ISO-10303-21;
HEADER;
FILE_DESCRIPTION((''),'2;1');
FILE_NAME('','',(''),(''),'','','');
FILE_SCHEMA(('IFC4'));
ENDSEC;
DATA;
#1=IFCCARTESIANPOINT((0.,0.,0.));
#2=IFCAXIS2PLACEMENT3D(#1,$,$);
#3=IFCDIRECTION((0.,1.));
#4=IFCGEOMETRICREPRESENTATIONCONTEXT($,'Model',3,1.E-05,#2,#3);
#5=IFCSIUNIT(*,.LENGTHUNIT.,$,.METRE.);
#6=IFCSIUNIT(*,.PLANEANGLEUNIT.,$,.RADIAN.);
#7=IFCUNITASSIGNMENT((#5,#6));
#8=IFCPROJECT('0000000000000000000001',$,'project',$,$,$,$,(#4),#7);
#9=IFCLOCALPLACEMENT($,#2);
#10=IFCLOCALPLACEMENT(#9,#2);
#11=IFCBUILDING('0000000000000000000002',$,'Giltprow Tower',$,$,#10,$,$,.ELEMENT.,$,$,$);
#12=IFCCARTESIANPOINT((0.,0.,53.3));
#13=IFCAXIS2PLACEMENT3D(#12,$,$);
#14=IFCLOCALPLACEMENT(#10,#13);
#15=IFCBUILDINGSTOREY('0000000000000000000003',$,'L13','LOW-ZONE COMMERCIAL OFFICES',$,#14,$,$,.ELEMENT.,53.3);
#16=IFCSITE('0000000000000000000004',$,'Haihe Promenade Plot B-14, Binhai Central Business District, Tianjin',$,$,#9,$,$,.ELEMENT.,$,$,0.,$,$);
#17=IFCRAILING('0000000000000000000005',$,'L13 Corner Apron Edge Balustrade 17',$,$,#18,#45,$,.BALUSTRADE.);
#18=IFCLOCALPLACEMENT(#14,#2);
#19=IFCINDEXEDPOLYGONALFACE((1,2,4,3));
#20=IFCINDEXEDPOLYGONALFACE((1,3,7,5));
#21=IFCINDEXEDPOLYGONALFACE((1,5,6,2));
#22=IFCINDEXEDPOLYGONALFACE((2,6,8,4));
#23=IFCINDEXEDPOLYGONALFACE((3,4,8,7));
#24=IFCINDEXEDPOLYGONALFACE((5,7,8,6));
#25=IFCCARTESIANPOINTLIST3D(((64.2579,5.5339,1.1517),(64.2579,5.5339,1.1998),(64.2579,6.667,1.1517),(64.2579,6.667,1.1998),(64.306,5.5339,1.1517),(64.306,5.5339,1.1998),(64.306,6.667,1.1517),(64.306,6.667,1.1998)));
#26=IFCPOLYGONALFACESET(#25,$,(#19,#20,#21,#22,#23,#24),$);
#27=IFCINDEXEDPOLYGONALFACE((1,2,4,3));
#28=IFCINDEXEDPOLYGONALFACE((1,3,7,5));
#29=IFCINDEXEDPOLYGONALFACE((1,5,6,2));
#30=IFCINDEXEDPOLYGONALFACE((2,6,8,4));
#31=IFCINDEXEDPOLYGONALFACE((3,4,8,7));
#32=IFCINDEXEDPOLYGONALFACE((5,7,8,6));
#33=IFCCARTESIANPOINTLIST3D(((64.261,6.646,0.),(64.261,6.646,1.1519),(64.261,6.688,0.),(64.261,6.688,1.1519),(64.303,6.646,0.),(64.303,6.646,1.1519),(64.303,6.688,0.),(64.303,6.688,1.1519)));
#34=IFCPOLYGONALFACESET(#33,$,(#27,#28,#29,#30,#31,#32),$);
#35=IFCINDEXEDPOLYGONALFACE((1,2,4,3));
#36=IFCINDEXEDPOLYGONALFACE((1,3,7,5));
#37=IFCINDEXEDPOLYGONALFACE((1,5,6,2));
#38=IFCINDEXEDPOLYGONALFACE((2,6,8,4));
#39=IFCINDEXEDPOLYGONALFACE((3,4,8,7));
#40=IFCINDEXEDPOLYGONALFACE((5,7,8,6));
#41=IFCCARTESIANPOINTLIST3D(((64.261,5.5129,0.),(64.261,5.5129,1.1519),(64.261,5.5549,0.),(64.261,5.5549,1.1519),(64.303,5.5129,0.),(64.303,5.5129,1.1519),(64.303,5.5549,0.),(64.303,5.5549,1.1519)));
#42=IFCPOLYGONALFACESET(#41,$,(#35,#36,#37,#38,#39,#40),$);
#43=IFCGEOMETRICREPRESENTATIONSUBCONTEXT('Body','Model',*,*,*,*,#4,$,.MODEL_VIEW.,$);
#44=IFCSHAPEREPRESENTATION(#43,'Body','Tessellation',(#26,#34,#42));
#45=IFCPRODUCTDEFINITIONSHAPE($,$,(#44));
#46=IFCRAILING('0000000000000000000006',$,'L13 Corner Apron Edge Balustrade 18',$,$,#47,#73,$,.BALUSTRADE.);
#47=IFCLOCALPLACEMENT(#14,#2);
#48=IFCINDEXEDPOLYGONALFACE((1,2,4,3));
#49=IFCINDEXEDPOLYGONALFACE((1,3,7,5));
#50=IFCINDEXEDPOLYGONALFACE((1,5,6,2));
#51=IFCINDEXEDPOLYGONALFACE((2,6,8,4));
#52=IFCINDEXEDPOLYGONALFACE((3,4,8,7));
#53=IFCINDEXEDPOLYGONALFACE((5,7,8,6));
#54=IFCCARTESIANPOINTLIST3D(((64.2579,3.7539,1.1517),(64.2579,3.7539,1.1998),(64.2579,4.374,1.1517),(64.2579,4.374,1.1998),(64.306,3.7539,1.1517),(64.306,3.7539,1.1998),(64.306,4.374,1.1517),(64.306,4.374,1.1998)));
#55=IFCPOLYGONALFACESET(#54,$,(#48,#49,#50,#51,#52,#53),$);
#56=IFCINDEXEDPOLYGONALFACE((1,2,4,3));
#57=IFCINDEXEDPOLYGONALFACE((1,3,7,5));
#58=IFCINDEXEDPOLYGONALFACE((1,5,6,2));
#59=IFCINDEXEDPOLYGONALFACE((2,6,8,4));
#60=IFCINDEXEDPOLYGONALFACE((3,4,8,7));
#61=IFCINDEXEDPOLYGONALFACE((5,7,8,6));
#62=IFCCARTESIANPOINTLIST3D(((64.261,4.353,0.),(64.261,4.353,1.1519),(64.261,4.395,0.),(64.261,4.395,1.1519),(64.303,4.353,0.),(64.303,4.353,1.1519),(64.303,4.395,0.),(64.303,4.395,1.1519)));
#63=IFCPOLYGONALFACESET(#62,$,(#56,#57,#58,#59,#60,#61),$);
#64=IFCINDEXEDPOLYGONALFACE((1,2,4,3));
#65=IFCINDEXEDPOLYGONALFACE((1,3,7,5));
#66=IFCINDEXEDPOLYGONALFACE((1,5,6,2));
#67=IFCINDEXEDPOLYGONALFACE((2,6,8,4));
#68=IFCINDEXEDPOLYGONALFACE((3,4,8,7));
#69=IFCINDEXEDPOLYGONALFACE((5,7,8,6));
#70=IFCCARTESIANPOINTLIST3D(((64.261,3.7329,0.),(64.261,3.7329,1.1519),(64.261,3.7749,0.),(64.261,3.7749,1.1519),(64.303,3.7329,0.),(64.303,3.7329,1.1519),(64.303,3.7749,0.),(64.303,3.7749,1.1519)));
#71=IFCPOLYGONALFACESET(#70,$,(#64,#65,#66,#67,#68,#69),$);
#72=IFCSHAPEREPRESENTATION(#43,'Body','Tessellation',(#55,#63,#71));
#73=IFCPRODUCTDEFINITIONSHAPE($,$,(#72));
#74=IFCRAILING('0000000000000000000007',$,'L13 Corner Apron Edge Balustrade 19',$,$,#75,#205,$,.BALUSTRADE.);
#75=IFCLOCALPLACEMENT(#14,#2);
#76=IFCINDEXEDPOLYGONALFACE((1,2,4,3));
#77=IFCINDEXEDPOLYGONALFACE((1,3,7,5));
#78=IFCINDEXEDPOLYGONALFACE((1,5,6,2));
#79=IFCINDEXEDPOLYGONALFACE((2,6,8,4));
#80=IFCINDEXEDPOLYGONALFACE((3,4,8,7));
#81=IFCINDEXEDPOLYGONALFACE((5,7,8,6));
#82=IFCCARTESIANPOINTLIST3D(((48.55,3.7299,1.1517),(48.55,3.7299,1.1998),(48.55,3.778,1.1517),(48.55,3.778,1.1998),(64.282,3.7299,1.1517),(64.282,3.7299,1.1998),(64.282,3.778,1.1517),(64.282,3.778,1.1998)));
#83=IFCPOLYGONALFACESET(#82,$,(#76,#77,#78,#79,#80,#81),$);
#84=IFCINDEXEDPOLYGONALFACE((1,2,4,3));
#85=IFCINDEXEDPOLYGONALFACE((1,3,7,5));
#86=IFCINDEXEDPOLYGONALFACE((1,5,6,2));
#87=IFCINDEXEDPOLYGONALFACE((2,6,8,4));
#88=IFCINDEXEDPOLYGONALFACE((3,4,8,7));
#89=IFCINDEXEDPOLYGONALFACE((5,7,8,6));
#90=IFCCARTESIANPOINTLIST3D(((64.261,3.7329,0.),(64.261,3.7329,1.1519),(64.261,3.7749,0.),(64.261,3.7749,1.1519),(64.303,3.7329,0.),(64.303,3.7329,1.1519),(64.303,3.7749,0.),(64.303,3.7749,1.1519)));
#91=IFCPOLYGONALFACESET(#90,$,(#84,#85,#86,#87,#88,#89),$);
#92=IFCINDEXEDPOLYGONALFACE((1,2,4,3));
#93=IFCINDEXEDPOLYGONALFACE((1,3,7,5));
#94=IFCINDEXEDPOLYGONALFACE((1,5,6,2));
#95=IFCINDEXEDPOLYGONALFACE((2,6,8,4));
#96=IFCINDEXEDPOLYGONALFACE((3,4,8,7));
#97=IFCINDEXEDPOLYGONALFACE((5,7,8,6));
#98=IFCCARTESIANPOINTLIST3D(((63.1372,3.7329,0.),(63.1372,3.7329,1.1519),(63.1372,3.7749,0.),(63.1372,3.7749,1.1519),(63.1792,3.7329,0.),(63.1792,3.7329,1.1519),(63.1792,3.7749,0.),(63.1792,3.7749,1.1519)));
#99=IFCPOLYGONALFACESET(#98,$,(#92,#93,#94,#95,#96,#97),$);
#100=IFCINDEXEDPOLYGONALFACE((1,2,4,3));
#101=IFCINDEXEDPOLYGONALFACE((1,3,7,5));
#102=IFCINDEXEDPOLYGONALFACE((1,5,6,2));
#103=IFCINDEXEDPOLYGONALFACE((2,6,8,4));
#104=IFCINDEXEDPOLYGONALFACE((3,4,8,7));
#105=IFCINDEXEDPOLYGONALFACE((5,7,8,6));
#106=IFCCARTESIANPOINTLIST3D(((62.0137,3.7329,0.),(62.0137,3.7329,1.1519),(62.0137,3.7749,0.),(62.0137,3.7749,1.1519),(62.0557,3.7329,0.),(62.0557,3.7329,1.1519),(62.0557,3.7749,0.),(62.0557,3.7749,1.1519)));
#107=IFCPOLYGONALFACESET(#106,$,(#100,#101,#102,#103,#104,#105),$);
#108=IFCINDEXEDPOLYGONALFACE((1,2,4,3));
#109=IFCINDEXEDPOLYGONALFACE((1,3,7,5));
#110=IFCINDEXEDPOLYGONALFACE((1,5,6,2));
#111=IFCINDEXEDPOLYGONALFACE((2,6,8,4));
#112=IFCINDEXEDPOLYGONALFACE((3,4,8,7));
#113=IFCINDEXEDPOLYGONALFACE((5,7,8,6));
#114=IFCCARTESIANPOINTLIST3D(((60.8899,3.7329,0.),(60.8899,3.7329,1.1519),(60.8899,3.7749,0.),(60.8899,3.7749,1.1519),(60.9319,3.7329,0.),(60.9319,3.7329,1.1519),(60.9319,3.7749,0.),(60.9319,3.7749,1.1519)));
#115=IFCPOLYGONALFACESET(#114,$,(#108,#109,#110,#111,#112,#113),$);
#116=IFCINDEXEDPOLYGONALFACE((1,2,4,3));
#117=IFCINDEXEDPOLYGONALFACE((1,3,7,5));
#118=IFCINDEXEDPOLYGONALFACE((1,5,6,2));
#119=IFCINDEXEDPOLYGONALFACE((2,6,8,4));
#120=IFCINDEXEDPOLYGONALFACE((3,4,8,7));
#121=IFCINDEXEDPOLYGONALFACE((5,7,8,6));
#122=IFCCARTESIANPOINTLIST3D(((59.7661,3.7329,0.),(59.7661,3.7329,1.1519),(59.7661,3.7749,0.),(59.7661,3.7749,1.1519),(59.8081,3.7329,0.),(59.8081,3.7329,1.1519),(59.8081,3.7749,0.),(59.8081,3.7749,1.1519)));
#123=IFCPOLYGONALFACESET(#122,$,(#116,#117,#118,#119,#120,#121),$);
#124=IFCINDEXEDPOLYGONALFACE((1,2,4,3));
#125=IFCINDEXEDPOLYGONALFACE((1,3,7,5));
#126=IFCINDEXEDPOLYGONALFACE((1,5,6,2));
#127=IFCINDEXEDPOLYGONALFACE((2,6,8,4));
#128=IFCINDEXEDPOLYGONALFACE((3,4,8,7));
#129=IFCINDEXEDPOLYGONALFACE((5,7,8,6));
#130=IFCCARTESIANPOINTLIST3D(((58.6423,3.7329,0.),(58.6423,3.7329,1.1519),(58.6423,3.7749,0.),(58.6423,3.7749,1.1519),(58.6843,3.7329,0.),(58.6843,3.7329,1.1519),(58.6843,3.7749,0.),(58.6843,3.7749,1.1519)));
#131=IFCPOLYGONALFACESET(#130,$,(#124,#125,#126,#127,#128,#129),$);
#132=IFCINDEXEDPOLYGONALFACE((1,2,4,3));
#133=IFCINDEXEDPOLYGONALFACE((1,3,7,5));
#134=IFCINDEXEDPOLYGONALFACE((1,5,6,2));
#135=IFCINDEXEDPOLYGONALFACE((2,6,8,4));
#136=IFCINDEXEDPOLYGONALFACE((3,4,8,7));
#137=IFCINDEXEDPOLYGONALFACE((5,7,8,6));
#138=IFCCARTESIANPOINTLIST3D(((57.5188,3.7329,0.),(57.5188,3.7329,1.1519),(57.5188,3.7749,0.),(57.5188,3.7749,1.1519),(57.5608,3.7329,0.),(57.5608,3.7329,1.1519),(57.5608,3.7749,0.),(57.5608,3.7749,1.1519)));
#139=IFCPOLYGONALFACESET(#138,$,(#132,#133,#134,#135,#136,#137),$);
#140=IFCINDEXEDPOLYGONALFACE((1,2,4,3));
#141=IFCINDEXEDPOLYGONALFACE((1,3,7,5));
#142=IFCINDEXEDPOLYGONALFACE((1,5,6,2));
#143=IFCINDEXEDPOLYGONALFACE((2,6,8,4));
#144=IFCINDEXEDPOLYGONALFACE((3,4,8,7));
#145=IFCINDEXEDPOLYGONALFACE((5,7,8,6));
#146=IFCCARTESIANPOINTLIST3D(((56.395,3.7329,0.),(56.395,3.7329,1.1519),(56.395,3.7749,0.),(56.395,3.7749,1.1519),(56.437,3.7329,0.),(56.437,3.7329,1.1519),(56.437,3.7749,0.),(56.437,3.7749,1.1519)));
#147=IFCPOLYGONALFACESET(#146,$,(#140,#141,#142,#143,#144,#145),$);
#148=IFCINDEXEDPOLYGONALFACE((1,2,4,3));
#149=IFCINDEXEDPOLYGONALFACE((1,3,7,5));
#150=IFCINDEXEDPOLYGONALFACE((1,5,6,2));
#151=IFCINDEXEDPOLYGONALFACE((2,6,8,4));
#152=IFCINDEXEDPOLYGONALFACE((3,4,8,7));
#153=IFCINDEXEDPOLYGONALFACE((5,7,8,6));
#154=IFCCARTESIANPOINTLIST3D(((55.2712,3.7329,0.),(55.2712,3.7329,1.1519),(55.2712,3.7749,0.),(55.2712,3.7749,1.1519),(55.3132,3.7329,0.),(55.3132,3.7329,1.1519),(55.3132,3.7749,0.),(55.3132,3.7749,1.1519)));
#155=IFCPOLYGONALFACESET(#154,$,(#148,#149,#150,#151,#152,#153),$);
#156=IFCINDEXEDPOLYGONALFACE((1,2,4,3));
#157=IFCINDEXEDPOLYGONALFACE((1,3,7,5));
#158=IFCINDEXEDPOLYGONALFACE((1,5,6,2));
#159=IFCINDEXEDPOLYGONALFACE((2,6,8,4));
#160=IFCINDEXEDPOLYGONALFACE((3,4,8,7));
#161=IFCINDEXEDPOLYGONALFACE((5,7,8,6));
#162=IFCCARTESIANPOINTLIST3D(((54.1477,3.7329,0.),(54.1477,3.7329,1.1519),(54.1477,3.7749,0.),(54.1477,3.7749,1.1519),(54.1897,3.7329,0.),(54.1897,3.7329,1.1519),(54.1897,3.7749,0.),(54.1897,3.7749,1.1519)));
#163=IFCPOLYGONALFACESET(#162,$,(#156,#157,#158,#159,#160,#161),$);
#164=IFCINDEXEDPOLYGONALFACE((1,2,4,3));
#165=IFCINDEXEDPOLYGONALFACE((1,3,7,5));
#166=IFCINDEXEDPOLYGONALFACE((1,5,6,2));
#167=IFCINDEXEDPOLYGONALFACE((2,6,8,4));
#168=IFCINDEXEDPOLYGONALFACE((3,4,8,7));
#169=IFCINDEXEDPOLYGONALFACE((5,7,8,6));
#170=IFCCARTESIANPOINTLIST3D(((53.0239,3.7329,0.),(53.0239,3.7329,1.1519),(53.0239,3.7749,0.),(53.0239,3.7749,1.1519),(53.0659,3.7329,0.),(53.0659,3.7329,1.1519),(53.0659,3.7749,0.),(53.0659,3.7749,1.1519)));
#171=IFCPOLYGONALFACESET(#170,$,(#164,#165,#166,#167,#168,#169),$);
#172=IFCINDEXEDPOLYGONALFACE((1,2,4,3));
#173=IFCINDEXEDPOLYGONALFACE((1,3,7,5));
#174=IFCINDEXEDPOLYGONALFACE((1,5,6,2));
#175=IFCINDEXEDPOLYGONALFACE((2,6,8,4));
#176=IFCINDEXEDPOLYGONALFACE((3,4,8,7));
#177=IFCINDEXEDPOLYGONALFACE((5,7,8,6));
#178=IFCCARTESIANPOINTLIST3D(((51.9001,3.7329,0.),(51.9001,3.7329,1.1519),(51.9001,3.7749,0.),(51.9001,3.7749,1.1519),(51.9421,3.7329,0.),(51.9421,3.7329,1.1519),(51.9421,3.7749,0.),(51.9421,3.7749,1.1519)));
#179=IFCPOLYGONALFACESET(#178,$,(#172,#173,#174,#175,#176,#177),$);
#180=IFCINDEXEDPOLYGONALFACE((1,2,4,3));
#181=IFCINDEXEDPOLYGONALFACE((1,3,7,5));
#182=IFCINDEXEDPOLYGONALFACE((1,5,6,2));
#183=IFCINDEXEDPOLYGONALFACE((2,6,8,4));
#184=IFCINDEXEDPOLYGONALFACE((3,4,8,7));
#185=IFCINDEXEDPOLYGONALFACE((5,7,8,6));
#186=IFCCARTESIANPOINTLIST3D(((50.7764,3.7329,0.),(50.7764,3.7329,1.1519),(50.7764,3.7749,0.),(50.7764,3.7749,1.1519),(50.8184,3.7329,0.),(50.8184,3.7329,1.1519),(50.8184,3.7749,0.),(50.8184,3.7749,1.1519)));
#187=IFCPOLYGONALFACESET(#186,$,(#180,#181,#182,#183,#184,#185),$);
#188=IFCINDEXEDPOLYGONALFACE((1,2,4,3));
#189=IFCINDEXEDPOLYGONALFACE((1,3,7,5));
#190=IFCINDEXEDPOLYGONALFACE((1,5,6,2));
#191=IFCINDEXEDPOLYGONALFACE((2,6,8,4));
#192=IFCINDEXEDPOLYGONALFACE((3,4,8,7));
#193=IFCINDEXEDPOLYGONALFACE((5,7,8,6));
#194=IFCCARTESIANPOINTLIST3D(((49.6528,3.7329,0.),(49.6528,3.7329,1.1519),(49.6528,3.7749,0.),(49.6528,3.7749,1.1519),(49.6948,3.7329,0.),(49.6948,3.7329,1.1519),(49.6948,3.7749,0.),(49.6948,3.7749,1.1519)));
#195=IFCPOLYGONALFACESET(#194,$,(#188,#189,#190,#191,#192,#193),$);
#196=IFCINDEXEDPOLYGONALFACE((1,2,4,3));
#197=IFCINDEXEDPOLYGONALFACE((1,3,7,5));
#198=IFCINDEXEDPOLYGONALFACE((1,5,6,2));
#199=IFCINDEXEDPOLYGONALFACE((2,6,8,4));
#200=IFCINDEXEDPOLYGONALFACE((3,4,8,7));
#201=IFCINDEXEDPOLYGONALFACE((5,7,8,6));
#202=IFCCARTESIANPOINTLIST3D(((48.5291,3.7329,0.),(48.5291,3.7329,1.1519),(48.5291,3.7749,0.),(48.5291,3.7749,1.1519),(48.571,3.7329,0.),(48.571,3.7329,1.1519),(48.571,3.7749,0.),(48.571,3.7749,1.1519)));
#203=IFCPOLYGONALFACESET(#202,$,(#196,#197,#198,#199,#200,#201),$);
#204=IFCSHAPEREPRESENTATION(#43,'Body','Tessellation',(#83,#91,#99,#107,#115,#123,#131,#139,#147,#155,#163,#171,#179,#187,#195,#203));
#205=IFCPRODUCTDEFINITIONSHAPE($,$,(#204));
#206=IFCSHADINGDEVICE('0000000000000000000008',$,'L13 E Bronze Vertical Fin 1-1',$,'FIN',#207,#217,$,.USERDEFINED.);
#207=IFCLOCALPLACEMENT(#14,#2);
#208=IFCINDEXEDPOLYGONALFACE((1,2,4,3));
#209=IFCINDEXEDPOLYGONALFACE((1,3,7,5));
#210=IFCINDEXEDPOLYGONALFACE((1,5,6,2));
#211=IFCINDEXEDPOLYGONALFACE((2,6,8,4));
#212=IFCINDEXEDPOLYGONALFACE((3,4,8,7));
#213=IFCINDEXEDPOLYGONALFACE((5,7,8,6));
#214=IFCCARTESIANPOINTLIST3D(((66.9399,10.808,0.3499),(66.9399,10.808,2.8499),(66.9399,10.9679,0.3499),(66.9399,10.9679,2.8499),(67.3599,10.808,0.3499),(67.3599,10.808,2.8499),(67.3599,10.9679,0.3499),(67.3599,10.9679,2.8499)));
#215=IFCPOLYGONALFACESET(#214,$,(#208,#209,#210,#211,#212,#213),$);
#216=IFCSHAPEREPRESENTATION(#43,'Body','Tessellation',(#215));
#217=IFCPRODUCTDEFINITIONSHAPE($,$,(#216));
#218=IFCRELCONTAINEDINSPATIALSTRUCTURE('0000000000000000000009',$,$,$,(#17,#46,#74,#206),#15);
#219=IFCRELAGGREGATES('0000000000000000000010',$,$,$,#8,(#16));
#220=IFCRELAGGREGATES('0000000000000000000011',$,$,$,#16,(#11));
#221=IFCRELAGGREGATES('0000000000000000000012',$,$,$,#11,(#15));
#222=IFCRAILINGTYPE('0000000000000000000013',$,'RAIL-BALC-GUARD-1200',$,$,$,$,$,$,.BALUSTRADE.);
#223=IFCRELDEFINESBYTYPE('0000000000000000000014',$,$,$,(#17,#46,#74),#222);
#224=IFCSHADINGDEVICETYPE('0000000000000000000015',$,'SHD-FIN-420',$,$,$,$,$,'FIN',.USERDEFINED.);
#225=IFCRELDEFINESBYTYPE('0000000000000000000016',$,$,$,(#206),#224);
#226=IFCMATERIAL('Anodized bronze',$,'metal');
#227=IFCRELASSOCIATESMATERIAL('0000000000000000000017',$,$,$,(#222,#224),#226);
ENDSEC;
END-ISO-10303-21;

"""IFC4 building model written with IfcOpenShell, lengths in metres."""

from ifc_helpers import new_model, si_unit, direction, frame, origin, origin_2d, place, context, subcontext, project, spatial, rectangle, extrude, source, transform, mapped, material, type_object, element, save


model = new_model("IFC4")

# Units and contexts
model_context = context("Model", 3, precision=1e-05, world=origin(), true_north=direction((0.0, 1.0)))
body_context = subcontext(model_context, "Body", "Model", "MODEL_VIEW")
ifc_project = project(units=[si_unit("LENGTHUNIT", "METRE"), si_unit("PLANEANGLEUNIT", "RADIAN")], contexts=[model_context])

# Site, building, storey
site_placement = place(None, origin())
site = spatial("IfcSite", under=ifc_project, at=site_placement, Name="Haihe Promenade Plot B-14, Binhai Central Business District, Tianjin", CompositionType="ELEMENT", RefElevation=0.0)
building_placement = place(site_placement, origin())
building = spatial("IfcBuilding", under=site, at=building_placement, Name="Giltprow Tower", CompositionType="ELEMENT")
storey_placement = place(building_placement, frame((0.0, 0.0, 53.3)))
storey = spatial("IfcBuildingStorey", under=building, at=storey_placement, Name="L13", Description="LOW-ZONE COMMERCIAL OFFICES", CompositionType="ELEMENT", Elevation=53.3)

# Shared definitions
ifc_material_1 = material(Name="Anodized bronze", Category="metal")

# Railings
railing_type = type_object("IfcRailingType", Name="RAIL-BALC-GUARD-1200", PredefinedType="BALUSTRADE", material=ifc_material_1)
railing_1_placement = place(storey_placement, frame((64.282, 6.667, 0.0)))
element("IfcRailing", 1, at=railing_1_placement, inside=storey, type_object=railing_type, Name="L13 Corner Apron Edge Balustrade 17", PredefinedType="BALUSTRADE", context=body_context, shape_type="SweptSolid", body=[
    extrude(rectangle(XDim=0.0481, YDim=0.0481, at=origin_2d()), frame((0.0, 0.0, 1.1758), z_axis=(0.0, -1.0, 0.0), x_axis=(1.0, 0.0, 0.0)), (0.0, 0.0, 1.0), 1.1331),
    extrude(rectangle(XDim=0.042, YDim=0.042, at=origin_2d()), origin(), (0.0, 0.0, 1.0), 1.1519),
    extrude(rectangle(XDim=0.042, YDim=0.042, at=origin_2d()), frame((0.0, -1.1331, 0.0)), (0.0, 0.0, 1.0), 1.1519),
])
railing_2_placement = place(storey_placement, frame((64.282, 4.374, 0.0)))
element("IfcRailing", 2, at=railing_2_placement, inside=storey, type_object=railing_type, Name="L13 Corner Apron Edge Balustrade 18", PredefinedType="BALUSTRADE", context=body_context, shape_type="SweptSolid", body=[
    extrude(rectangle(XDim=0.0481, YDim=0.0481, at=origin_2d()), frame((0.0, 0.0, 1.1758), z_axis=(0.0, -1.0, 0.0), x_axis=(1.0, 0.0, 0.0)), (0.0, 0.0, 1.0), 0.6201),
    extrude(rectangle(XDim=0.042, YDim=0.042, at=origin_2d()), origin(), (0.0, 0.0, 1.0), 1.1519),
    extrude(rectangle(XDim=0.042, YDim=0.042, at=origin_2d()), frame((0.0, -0.6201, 0.0)), (0.0, 0.0, 1.0), 1.1519),
])
railing_3_placement = place(storey_placement, frame((64.282, 3.7539, 0.0)))
element("IfcRailing", 3, at=railing_3_placement, inside=storey, type_object=railing_type, Name="L13 Corner Apron Edge Balustrade 19", PredefinedType="BALUSTRADE", context=body_context, shape_type="SweptSolid", body=[
    extrude(rectangle(XDim=0.0481, YDim=0.0481, at=origin_2d()), frame((0.0, 0.0, 1.1758), z_axis=(-1.0, 0.0, 0.0), x_axis=(0.0, -1.0, 0.0)), (0.0, 0.0, 1.0), 15.7319),
    extrude(rectangle(XDim=0.042, YDim=0.042, at=origin_2d()), origin(), (0.0, 0.0, 1.0), 1.1519),
    extrude(rectangle(XDim=0.042, YDim=0.042, at=origin_2d()), frame((-1.1238, 0.0, 0.0)), (0.0, 0.0, 1.0), 1.1519),
    extrude(rectangle(XDim=0.042, YDim=0.042, at=origin_2d()), frame((-2.2473, 0.0, 0.0)), (0.0, 0.0, 1.0), 1.1519),
    extrude(rectangle(XDim=0.042, YDim=0.042, at=origin_2d()), frame((-3.3711, 0.0, 0.0)), (0.0, 0.0, 1.0), 1.1519),
    extrude(rectangle(XDim=0.042, YDim=0.042, at=origin_2d()), frame((-4.4949, 0.0, 0.0)), (0.0, 0.0, 1.0), 1.1519),
    extrude(rectangle(XDim=0.042, YDim=0.042, at=origin_2d()), frame((-5.6187, 0.0, 0.0)), (0.0, 0.0, 1.0), 1.1519),
    extrude(rectangle(XDim=0.042, YDim=0.042, at=origin_2d()), frame((-6.7422, 0.0, 0.0)), (0.0, 0.0, 1.0), 1.1519),
    extrude(rectangle(XDim=0.042, YDim=0.042, at=origin_2d()), frame((-7.866, 0.0, 0.0)), (0.0, 0.0, 1.0), 1.1519),
    extrude(rectangle(XDim=0.042, YDim=0.042, at=origin_2d()), frame((-8.9897, 0.0, 0.0)), (0.0, 0.0, 1.0), 1.1519),
    extrude(rectangle(XDim=0.042, YDim=0.042, at=origin_2d()), frame((-10.1133, 0.0, 0.0)), (0.0, 0.0, 1.0), 1.1519),
    extrude(rectangle(XDim=0.042, YDim=0.042, at=origin_2d()), frame((-11.2371, 0.0, 0.0)), (0.0, 0.0, 1.0), 1.1519),
    extrude(rectangle(XDim=0.042, YDim=0.042, at=origin_2d()), frame((-12.3608, 0.0, 0.0)), (0.0, 0.0, 1.0), 1.1519),
    extrude(rectangle(XDim=0.042, YDim=0.042, at=origin_2d()), frame((-13.4846, 0.0, 0.0)), (0.0, 0.0, 1.0), 1.1519),
    extrude(rectangle(XDim=0.042, YDim=0.042, at=origin_2d()), frame((-14.6082, 0.0, 0.0)), (0.0, 0.0, 1.0), 1.1519),
    extrude(rectangle(XDim=0.042, YDim=0.042, at=origin_2d()), frame((-15.7319, 0.0, 0.0)), (0.0, 0.0, 1.0), 1.1519),
])

# Shading device
shading_device_type = type_object("IfcShadingDeviceType", Name="SHD-FIN-420", ElementType="FIN", PredefinedType="USERDEFINED", material=ifc_material_1)
shared_shape_1 = source(origin(), body_context, "Body", "SweptSolid", [
    extrude(rectangle(XDim=0.4199, YDim=0.1599, at=origin_2d()), origin(), (0.0, 0.0, 1.0), 2.5),
])
shading_device_placement = place(storey_placement, frame((67.1499, 10.8879, 0.3499), z_axis=(0.0, 0.0, 1.0), x_axis=(1.0, 0.0, 0.0)))
element("IfcShadingDevice", 4, at=shading_device_placement, inside=storey, type_object=shading_device_type, Name="L13 E Bronze Vertical Fin 1-1", ObjectType="FIN", PredefinedType="USERDEFINED", context=body_context, shape_type="MappedRepresentation", body=[
    mapped(shared_shape_1, transform((0.0, 0.0, 0.0), x_axis=(1.0, 0.0, 0.0), y_axis=(0.0, 1.0, 0.0), z_axis=(0.0, 0.0, 1.0), scale=1.0)),
])

save(model, "model.ifc")
